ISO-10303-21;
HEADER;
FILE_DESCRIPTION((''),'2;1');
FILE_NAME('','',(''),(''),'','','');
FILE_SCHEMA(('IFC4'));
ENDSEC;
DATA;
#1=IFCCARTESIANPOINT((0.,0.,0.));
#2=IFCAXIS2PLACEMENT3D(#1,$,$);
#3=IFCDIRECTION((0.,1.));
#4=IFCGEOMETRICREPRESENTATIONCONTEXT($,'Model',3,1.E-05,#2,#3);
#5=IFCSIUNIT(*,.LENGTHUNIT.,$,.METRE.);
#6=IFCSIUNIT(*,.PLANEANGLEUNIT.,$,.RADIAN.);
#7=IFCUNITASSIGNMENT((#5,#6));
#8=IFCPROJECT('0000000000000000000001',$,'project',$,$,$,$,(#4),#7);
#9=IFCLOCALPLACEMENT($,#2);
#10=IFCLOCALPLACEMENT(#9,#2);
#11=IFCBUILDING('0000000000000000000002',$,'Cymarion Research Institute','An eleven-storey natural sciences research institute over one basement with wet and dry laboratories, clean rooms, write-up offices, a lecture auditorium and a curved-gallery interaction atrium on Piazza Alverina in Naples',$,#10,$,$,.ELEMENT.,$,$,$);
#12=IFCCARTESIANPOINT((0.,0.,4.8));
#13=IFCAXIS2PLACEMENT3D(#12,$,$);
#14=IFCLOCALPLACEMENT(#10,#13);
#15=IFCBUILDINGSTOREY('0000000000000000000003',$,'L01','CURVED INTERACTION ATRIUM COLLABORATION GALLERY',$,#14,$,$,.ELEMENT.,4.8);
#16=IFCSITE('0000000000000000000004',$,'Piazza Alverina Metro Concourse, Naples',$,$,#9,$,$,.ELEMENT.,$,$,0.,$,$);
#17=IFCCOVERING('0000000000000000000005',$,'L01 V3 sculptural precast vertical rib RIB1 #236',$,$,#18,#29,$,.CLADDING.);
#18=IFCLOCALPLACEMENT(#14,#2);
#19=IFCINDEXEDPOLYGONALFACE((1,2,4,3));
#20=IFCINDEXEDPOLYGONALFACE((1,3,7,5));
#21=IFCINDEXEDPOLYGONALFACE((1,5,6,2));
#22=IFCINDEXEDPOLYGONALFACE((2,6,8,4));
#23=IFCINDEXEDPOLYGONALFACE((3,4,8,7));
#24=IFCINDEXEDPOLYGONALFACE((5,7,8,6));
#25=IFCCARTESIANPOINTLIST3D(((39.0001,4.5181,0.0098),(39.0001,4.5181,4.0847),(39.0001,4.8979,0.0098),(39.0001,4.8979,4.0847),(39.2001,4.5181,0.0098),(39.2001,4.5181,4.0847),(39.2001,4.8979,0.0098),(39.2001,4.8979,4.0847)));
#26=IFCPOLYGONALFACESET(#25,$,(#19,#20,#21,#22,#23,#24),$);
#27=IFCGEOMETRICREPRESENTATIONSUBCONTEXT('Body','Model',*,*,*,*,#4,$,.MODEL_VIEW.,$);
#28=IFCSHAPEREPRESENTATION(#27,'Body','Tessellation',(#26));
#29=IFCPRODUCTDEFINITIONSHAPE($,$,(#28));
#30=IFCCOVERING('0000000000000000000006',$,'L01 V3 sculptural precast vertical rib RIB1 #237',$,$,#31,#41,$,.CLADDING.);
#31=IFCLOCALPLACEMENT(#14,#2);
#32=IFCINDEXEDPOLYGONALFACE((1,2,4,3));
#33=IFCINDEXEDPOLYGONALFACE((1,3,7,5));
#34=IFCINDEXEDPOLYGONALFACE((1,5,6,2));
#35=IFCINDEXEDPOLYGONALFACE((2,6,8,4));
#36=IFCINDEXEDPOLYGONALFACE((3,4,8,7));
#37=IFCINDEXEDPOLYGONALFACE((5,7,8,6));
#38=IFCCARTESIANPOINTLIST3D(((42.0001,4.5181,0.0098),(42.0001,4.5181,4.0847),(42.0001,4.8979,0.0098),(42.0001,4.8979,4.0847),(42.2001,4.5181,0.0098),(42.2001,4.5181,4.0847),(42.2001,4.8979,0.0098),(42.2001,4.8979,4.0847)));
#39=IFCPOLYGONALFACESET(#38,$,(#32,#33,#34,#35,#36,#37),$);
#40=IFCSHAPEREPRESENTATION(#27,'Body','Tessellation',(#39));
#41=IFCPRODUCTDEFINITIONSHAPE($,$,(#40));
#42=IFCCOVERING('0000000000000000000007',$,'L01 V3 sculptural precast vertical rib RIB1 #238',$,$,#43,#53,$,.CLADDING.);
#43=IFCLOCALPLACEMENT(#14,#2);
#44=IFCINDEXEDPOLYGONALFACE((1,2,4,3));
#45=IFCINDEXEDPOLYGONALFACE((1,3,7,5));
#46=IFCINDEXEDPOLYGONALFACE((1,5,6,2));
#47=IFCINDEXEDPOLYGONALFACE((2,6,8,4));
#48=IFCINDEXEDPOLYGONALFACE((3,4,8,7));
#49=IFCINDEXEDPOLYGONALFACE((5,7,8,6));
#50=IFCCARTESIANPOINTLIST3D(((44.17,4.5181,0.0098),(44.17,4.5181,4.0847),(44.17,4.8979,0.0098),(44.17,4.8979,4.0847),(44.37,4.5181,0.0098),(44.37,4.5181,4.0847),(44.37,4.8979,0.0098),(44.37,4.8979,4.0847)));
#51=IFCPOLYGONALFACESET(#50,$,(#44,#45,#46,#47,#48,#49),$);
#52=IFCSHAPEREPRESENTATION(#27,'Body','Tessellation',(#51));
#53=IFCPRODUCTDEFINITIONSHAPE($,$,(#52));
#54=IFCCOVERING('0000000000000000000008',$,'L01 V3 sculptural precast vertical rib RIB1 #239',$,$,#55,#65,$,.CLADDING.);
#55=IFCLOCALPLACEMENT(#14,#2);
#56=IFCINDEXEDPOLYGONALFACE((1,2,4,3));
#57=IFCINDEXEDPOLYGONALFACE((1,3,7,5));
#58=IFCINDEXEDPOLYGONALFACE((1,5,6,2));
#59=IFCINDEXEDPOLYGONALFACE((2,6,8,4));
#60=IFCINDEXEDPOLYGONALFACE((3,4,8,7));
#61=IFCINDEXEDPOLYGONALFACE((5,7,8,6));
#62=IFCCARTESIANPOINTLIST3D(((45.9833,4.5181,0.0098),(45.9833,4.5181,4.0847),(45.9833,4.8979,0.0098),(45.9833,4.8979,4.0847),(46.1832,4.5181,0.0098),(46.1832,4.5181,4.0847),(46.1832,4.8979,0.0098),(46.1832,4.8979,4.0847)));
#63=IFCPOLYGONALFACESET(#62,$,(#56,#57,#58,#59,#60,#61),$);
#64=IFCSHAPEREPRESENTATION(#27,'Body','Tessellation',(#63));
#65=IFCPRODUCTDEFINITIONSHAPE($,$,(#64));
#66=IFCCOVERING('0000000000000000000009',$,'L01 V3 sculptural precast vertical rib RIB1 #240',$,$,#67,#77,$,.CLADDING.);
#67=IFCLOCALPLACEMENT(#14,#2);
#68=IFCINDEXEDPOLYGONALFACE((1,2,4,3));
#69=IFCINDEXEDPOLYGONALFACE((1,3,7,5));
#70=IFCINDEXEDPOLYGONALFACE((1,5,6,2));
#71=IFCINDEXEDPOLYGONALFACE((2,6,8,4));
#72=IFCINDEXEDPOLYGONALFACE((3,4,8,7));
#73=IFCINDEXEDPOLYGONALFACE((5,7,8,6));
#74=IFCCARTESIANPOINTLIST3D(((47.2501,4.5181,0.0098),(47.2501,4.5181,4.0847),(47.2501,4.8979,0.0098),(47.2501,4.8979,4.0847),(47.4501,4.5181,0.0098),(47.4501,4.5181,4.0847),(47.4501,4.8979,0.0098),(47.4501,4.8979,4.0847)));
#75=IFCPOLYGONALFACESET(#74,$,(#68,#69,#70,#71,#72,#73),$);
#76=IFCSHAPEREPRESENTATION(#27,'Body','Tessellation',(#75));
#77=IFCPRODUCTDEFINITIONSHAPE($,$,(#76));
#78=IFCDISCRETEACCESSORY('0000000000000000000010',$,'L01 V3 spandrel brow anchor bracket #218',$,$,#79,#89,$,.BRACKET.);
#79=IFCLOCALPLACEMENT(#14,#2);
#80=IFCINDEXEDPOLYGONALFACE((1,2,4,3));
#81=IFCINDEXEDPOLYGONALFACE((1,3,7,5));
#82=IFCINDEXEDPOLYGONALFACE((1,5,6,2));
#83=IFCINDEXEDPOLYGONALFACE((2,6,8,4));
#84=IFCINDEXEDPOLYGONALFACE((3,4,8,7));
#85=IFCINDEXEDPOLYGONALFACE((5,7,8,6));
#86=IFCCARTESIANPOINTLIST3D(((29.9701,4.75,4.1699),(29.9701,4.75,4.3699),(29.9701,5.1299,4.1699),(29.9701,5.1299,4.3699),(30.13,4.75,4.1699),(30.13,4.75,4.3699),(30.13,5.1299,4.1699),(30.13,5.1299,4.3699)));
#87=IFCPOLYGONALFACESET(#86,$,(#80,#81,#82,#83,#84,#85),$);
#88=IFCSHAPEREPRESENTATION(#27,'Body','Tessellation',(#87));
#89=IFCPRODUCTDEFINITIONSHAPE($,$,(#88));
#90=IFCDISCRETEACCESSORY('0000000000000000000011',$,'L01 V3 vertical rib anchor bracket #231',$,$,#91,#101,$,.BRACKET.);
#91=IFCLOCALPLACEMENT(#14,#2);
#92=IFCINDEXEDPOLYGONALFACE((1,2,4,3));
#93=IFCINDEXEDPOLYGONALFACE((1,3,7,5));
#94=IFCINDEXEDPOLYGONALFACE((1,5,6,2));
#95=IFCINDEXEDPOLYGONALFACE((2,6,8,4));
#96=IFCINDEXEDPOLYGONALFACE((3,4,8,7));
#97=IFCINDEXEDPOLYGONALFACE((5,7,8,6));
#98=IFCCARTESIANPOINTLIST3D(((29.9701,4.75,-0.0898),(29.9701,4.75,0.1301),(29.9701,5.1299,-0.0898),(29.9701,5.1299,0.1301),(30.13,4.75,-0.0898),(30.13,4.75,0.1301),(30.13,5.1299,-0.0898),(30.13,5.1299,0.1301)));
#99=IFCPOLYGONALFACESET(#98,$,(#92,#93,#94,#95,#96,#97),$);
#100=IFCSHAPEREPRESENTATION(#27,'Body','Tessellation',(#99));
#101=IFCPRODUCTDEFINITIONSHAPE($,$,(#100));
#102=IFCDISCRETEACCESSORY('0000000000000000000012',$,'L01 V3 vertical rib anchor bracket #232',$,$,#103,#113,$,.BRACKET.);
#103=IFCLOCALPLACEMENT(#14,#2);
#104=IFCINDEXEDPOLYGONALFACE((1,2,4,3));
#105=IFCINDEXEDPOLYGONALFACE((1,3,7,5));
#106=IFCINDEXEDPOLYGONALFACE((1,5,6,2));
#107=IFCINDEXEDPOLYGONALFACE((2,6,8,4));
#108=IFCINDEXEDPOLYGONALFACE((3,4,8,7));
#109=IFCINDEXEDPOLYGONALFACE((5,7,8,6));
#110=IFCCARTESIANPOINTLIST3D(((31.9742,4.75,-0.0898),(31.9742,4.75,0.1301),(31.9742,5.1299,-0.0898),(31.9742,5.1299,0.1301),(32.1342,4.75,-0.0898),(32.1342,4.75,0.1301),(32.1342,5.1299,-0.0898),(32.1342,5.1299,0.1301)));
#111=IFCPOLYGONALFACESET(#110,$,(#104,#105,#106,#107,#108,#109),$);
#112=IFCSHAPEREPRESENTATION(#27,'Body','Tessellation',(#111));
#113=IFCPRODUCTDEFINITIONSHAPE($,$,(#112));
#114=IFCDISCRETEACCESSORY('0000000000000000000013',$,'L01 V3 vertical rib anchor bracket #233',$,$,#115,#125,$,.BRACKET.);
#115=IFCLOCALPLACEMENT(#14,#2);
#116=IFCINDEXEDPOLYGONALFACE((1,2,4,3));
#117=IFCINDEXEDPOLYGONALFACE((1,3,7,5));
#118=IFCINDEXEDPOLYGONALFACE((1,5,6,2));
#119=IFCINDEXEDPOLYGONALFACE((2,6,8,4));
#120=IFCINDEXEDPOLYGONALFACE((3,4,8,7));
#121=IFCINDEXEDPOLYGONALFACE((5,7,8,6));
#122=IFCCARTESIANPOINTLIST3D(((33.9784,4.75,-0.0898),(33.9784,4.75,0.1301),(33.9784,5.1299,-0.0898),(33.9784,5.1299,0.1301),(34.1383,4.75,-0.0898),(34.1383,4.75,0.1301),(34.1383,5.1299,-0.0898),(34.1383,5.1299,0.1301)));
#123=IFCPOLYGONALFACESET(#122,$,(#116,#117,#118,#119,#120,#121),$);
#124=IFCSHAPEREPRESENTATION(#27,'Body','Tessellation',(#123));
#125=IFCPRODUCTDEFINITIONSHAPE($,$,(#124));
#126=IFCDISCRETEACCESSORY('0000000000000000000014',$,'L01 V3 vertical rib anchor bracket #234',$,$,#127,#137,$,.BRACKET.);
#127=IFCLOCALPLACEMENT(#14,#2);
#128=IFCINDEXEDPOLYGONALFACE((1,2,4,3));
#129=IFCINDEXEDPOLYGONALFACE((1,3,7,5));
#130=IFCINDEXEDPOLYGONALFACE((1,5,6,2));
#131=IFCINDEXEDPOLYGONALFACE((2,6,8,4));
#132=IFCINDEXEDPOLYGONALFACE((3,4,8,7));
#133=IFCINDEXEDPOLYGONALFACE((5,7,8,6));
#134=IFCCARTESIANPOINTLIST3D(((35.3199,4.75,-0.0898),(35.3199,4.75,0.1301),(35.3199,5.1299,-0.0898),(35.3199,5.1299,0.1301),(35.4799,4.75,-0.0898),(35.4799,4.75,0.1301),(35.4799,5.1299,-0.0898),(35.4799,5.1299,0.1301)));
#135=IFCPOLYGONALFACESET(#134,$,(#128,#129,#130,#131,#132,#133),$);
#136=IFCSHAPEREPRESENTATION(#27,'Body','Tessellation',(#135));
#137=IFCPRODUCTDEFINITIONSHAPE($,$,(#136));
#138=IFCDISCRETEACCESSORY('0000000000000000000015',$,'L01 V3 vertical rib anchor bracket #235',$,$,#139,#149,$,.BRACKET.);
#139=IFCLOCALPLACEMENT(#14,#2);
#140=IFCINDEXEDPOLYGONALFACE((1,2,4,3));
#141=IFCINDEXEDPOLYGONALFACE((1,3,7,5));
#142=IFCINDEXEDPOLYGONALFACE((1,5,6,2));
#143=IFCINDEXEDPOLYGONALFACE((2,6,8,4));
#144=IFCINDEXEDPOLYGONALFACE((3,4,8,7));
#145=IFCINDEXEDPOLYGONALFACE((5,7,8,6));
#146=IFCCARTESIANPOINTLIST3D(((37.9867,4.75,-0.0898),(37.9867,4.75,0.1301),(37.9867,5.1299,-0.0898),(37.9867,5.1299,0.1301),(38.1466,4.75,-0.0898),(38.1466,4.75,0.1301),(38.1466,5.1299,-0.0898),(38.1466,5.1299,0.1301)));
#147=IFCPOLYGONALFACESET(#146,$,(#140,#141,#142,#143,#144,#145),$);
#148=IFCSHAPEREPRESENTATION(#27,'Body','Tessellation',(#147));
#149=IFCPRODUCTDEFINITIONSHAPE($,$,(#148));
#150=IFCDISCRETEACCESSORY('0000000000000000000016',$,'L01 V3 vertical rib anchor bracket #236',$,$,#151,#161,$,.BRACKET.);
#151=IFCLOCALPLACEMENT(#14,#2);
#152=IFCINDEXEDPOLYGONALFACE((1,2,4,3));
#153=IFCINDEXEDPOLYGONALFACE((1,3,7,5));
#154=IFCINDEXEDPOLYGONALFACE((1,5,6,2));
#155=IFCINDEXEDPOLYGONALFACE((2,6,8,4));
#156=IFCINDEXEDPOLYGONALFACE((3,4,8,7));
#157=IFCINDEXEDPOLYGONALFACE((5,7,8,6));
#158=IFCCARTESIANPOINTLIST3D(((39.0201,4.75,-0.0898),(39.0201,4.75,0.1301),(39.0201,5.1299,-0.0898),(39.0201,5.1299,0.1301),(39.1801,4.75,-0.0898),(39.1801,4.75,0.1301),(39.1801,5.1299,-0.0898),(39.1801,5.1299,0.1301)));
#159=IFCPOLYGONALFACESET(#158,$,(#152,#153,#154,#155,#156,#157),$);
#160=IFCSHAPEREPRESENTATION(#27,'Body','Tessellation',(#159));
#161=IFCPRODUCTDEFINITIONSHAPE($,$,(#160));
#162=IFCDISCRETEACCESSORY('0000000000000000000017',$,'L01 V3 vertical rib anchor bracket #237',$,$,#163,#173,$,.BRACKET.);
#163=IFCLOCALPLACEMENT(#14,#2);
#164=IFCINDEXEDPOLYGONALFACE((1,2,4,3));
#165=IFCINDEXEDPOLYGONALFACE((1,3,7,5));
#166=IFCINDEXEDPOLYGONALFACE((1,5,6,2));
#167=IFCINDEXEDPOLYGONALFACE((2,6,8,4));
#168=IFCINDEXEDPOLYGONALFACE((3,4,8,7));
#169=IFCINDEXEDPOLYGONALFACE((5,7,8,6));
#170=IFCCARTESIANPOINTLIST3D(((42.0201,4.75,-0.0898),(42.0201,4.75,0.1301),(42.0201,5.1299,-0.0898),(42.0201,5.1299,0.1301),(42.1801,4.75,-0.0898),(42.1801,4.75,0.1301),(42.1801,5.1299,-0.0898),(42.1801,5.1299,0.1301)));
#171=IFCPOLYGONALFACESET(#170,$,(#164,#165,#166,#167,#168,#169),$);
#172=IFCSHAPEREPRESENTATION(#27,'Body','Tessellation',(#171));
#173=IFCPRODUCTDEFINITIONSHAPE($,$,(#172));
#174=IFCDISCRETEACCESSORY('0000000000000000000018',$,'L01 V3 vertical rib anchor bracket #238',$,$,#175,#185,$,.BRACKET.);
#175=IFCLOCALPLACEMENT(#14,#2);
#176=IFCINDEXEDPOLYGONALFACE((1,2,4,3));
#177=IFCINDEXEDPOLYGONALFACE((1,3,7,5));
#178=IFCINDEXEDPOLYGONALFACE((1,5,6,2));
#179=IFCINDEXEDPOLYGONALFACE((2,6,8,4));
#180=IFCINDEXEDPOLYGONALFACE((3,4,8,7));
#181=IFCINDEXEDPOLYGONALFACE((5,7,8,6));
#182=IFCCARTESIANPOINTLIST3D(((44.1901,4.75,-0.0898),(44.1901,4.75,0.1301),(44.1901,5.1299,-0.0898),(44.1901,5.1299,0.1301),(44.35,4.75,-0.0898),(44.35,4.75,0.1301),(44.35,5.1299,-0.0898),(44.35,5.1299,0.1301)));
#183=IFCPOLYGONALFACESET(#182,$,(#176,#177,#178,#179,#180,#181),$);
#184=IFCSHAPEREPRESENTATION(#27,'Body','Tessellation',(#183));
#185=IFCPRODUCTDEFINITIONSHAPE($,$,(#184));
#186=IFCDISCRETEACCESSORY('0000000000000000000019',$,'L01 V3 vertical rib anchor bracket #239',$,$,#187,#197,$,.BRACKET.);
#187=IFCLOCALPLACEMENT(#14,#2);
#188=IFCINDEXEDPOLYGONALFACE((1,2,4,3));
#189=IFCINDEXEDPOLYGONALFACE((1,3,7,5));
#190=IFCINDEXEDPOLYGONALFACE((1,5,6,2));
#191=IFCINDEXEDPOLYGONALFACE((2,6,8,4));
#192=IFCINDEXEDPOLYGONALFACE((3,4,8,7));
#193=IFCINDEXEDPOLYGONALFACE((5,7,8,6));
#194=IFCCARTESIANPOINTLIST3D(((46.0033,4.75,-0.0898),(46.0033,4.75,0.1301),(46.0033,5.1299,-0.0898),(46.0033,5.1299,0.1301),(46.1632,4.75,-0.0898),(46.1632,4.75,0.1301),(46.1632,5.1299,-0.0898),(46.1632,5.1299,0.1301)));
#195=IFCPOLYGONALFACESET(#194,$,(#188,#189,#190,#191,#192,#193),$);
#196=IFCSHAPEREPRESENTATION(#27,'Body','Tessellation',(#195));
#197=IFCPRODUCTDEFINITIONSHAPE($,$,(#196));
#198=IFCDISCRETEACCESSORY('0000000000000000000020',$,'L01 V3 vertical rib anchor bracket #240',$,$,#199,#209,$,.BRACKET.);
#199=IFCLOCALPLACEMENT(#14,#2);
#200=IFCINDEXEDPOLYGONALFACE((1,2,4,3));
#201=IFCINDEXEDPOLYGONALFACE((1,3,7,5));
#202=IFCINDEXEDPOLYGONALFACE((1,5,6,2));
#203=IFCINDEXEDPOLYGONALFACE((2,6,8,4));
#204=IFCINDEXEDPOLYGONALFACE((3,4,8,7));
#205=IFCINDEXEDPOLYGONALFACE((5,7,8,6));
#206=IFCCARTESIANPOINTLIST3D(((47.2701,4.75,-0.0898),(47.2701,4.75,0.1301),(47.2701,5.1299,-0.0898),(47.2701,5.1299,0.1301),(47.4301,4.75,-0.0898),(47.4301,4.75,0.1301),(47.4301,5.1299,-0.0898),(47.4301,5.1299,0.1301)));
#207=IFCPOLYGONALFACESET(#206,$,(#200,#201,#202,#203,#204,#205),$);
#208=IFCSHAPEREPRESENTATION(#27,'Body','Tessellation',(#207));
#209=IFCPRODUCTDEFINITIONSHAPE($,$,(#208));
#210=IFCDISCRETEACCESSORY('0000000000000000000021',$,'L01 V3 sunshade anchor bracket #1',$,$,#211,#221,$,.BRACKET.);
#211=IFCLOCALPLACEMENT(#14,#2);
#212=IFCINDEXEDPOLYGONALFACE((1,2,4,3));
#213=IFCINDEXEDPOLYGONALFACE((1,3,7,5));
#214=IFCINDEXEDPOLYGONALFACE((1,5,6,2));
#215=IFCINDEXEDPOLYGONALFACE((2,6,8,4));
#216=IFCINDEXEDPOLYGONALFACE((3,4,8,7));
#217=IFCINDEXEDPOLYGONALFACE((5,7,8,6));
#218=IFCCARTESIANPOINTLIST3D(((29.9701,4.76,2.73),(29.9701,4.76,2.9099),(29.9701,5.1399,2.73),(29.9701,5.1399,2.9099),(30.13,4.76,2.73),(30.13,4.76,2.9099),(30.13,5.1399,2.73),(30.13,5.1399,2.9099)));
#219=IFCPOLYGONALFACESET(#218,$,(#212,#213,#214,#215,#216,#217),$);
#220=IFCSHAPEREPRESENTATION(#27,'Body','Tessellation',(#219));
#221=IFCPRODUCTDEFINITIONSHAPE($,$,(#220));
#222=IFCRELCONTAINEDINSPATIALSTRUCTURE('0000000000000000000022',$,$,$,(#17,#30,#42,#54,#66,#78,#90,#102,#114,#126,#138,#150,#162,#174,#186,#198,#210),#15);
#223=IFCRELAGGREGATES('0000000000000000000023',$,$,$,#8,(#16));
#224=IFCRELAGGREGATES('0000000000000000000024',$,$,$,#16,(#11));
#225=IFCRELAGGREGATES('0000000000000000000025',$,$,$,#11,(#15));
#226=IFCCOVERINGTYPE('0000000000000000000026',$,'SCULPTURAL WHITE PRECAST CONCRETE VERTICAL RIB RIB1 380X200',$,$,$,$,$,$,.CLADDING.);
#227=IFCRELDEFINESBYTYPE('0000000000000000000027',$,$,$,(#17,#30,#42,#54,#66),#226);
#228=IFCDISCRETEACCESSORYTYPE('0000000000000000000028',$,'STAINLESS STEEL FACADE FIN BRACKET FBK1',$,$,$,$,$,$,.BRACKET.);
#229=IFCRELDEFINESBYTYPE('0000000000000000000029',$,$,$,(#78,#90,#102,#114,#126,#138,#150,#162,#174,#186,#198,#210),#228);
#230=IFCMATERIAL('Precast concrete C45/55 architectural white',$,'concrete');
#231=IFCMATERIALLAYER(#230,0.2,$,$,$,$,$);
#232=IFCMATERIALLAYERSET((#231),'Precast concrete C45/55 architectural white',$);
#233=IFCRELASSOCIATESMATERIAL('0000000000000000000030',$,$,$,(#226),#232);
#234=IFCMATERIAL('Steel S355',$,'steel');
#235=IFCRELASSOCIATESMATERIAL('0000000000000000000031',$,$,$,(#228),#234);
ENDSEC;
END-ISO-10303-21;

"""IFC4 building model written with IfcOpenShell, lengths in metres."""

from ifc_helpers import new_model, si_unit, direction, frame, origin, origin_2d, place, context, subcontext, project, spatial, rectangle, extrude, material, layer, layer_set, type_object, element, save


model = new_model("IFC4")

# Units and contexts
model_context = context("Model", 3, precision=1e-05, world=origin(), true_north=direction((0.0, 1.0)))
body_context = subcontext(model_context, "Body", "Model", "MODEL_VIEW")
ifc_project = project(units=[si_unit("LENGTHUNIT", "METRE"), si_unit("PLANEANGLEUNIT", "RADIAN")], contexts=[model_context])

# Site, building, storey
site_placement = place(None, origin())
site = spatial("IfcSite", under=ifc_project, at=site_placement, Name="Piazza Alverina Metro Concourse, Naples", CompositionType="ELEMENT", RefElevation=0.0)
building_placement = place(site_placement, origin())
building = spatial("IfcBuilding", under=site, at=building_placement, Name="Cymarion Research Institute", Description="An eleven-storey natural sciences research institute over one basement with wet and dry laboratories, clean rooms, write-up offices, a lecture auditorium and a curved-gallery interaction atrium on Piazza Alverina in Naples", CompositionType="ELEMENT")
storey_placement = place(building_placement, frame((0.0, 0.0, 4.8)))
storey = spatial("IfcBuildingStorey", under=building, at=storey_placement, Name="L01", Description="CURVED INTERACTION ATRIUM COLLABORATION GALLERY", CompositionType="ELEMENT", Elevation=4.8)

# Shared definitions
ifc_material_1 = material(Name="Steel S355", Category="steel")

# Coverings
ifc_material_2 = material(Name="Precast concrete C45/55 architectural white", Category="concrete")
ifc_layer_1 = layer(ifc_material_2, 0.2)
ifc_layer_set_1 = layer_set([ifc_layer_1], Name="Precast concrete C45/55 architectural white")
covering_type_1 = type_object("IfcCoveringType", Name="SCULPTURAL WHITE PRECAST CONCRETE VERTICAL RIB RIB1 380X200", PredefinedType="CLADDING", material=ifc_layer_set_1)
for number, where, z_axis, x_axis, name in (
    (1, (39.1001, 4.708, 0.0098), (0.0, 0.0, 1.0), (0.0, -1.0, 0.0), "L01 V3 sculptural precast vertical rib RIB1 #236"),
    (2, (42.1001, 4.708, 0.0098), (0.0, 0.0, 1.0), (0.0, -1.0, 0.0), "L01 V3 sculptural precast vertical rib RIB1 #237"),
    (3, (44.27, 4.708, 0.0098), (0.0, 0.0, 1.0), (0.0, -1.0, 0.0), "L01 V3 sculptural precast vertical rib RIB1 #238"),
    (4, (46.0833, 4.708, 0.0098), (0.0, 0.0, 1.0), (0.0, -1.0, 0.0), "L01 V3 sculptural precast vertical rib RIB1 #239"),
    (5, (47.3501, 4.708, 0.0098), (0.0, 0.0, 1.0), (0.0, -1.0, 0.0), "L01 V3 sculptural precast vertical rib RIB1 #240"),
):
    element("IfcCovering", number, at=place(storey_placement, frame(where, z_axis=z_axis, x_axis=x_axis)), inside=storey, type_object=covering_type_1, Name=name, PredefinedType="CLADDING", context=body_context, shape_type="SweptSolid", body=[
        extrude(rectangle(XDim=0.3799, YDim=0.2, at=origin_2d()), origin(), (0.0, 0.0, 1.0), 4.075),
    ])

# Discrete accessories
discrete_accessory_type = type_object("IfcDiscreteAccessoryType", Name="STAINLESS STEEL FACADE FIN BRACKET FBK1", PredefinedType="BRACKET", material=ifc_material_1)
discrete_accessory_1_placement = place(storey_placement, frame((30.05, 4.9399, 4.1699), z_axis=(0.0, 0.0, 1.0), x_axis=(0.0, -1.0, 0.0)))
element("IfcDiscreteAccessory", 6, at=discrete_accessory_1_placement, inside=storey, type_object=discrete_accessory_type, Name="L01 V3 spandrel brow anchor bracket #218", PredefinedType="BRACKET", context=body_context, shape_type="SweptSolid", body=[
    extrude(rectangle(XDim=0.3799, YDim=0.1599, at=origin_2d()), origin(), (0.0, 0.0, 1.0), 0.2),
])
for number, where, z_axis, x_axis, name in (
    (7, (30.05, 4.9399, -0.0898), (0.0, 0.0, 1.0), (0.0, -1.0, 0.0), "L01 V3 vertical rib anchor bracket #231"),
    (8, (32.0542, 4.9399, -0.0898), (0.0, 0.0, 1.0), (0.0, -1.0, 0.0), "L01 V3 vertical rib anchor bracket #232"),
    (9, (34.0583, 4.9399, -0.0898), (0.0, 0.0, 1.0), (0.0, -1.0, 0.0), "L01 V3 vertical rib anchor bracket #233"),
    (10, (35.3999, 4.9399, -0.0898), (0.0, 0.0, 1.0), (0.0, -1.0, 0.0), "L01 V3 vertical rib anchor bracket #234"),
    (11, (38.0667, 4.9399, -0.0898), (0.0, 0.0, 1.0), (0.0, -1.0, 0.0), "L01 V3 vertical rib anchor bracket #235"),
    (12, (39.1001, 4.9399, -0.0898), (0.0, 0.0, 1.0), (0.0, -1.0, 0.0), "L01 V3 vertical rib anchor bracket #236"),
    (13, (42.1001, 4.9399, -0.0898), (0.0, 0.0, 1.0), (0.0, -1.0, 0.0), "L01 V3 vertical rib anchor bracket #237"),
    (14, (44.27, 4.9399, -0.0898), (0.0, 0.0, 1.0), (0.0, -1.0, 0.0), "L01 V3 vertical rib anchor bracket #238"),
    (15, (46.0833, 4.9399, -0.0898), (0.0, 0.0, 1.0), (0.0, -1.0, 0.0), "L01 V3 vertical rib anchor bracket #239"),
    (16, (47.3501, 4.9399, -0.0898), (0.0, 0.0, 1.0), (0.0, -1.0, 0.0), "L01 V3 vertical rib anchor bracket #240"),
):
    element("IfcDiscreteAccessory", number, at=place(storey_placement, frame(where, z_axis=z_axis, x_axis=x_axis)), inside=storey, type_object=discrete_accessory_type, Name=name, PredefinedType="BRACKET", context=body_context, shape_type="SweptSolid", body=[
        extrude(rectangle(XDim=0.3799, YDim=0.1599, at=origin_2d()), origin(), (0.0, 0.0, 1.0), 0.22),
    ])
discrete_accessory_2_placement = place(storey_placement, frame((30.05, 4.95, 2.73), z_axis=(0.0, 0.0, 1.0), x_axis=(0.0, -1.0, 0.0)))
element("IfcDiscreteAccessory", 17, at=discrete_accessory_2_placement, inside=storey, type_object=discrete_accessory_type, Name="L01 V3 sunshade anchor bracket #1", PredefinedType="BRACKET", context=body_context, shape_type="SweptSolid", body=[
    extrude(rectangle(XDim=0.3799, YDim=0.1599, at=origin_2d()), origin(), (0.0, 0.0, 1.0), 0.1799),
])

save(model, "model.ifc")
